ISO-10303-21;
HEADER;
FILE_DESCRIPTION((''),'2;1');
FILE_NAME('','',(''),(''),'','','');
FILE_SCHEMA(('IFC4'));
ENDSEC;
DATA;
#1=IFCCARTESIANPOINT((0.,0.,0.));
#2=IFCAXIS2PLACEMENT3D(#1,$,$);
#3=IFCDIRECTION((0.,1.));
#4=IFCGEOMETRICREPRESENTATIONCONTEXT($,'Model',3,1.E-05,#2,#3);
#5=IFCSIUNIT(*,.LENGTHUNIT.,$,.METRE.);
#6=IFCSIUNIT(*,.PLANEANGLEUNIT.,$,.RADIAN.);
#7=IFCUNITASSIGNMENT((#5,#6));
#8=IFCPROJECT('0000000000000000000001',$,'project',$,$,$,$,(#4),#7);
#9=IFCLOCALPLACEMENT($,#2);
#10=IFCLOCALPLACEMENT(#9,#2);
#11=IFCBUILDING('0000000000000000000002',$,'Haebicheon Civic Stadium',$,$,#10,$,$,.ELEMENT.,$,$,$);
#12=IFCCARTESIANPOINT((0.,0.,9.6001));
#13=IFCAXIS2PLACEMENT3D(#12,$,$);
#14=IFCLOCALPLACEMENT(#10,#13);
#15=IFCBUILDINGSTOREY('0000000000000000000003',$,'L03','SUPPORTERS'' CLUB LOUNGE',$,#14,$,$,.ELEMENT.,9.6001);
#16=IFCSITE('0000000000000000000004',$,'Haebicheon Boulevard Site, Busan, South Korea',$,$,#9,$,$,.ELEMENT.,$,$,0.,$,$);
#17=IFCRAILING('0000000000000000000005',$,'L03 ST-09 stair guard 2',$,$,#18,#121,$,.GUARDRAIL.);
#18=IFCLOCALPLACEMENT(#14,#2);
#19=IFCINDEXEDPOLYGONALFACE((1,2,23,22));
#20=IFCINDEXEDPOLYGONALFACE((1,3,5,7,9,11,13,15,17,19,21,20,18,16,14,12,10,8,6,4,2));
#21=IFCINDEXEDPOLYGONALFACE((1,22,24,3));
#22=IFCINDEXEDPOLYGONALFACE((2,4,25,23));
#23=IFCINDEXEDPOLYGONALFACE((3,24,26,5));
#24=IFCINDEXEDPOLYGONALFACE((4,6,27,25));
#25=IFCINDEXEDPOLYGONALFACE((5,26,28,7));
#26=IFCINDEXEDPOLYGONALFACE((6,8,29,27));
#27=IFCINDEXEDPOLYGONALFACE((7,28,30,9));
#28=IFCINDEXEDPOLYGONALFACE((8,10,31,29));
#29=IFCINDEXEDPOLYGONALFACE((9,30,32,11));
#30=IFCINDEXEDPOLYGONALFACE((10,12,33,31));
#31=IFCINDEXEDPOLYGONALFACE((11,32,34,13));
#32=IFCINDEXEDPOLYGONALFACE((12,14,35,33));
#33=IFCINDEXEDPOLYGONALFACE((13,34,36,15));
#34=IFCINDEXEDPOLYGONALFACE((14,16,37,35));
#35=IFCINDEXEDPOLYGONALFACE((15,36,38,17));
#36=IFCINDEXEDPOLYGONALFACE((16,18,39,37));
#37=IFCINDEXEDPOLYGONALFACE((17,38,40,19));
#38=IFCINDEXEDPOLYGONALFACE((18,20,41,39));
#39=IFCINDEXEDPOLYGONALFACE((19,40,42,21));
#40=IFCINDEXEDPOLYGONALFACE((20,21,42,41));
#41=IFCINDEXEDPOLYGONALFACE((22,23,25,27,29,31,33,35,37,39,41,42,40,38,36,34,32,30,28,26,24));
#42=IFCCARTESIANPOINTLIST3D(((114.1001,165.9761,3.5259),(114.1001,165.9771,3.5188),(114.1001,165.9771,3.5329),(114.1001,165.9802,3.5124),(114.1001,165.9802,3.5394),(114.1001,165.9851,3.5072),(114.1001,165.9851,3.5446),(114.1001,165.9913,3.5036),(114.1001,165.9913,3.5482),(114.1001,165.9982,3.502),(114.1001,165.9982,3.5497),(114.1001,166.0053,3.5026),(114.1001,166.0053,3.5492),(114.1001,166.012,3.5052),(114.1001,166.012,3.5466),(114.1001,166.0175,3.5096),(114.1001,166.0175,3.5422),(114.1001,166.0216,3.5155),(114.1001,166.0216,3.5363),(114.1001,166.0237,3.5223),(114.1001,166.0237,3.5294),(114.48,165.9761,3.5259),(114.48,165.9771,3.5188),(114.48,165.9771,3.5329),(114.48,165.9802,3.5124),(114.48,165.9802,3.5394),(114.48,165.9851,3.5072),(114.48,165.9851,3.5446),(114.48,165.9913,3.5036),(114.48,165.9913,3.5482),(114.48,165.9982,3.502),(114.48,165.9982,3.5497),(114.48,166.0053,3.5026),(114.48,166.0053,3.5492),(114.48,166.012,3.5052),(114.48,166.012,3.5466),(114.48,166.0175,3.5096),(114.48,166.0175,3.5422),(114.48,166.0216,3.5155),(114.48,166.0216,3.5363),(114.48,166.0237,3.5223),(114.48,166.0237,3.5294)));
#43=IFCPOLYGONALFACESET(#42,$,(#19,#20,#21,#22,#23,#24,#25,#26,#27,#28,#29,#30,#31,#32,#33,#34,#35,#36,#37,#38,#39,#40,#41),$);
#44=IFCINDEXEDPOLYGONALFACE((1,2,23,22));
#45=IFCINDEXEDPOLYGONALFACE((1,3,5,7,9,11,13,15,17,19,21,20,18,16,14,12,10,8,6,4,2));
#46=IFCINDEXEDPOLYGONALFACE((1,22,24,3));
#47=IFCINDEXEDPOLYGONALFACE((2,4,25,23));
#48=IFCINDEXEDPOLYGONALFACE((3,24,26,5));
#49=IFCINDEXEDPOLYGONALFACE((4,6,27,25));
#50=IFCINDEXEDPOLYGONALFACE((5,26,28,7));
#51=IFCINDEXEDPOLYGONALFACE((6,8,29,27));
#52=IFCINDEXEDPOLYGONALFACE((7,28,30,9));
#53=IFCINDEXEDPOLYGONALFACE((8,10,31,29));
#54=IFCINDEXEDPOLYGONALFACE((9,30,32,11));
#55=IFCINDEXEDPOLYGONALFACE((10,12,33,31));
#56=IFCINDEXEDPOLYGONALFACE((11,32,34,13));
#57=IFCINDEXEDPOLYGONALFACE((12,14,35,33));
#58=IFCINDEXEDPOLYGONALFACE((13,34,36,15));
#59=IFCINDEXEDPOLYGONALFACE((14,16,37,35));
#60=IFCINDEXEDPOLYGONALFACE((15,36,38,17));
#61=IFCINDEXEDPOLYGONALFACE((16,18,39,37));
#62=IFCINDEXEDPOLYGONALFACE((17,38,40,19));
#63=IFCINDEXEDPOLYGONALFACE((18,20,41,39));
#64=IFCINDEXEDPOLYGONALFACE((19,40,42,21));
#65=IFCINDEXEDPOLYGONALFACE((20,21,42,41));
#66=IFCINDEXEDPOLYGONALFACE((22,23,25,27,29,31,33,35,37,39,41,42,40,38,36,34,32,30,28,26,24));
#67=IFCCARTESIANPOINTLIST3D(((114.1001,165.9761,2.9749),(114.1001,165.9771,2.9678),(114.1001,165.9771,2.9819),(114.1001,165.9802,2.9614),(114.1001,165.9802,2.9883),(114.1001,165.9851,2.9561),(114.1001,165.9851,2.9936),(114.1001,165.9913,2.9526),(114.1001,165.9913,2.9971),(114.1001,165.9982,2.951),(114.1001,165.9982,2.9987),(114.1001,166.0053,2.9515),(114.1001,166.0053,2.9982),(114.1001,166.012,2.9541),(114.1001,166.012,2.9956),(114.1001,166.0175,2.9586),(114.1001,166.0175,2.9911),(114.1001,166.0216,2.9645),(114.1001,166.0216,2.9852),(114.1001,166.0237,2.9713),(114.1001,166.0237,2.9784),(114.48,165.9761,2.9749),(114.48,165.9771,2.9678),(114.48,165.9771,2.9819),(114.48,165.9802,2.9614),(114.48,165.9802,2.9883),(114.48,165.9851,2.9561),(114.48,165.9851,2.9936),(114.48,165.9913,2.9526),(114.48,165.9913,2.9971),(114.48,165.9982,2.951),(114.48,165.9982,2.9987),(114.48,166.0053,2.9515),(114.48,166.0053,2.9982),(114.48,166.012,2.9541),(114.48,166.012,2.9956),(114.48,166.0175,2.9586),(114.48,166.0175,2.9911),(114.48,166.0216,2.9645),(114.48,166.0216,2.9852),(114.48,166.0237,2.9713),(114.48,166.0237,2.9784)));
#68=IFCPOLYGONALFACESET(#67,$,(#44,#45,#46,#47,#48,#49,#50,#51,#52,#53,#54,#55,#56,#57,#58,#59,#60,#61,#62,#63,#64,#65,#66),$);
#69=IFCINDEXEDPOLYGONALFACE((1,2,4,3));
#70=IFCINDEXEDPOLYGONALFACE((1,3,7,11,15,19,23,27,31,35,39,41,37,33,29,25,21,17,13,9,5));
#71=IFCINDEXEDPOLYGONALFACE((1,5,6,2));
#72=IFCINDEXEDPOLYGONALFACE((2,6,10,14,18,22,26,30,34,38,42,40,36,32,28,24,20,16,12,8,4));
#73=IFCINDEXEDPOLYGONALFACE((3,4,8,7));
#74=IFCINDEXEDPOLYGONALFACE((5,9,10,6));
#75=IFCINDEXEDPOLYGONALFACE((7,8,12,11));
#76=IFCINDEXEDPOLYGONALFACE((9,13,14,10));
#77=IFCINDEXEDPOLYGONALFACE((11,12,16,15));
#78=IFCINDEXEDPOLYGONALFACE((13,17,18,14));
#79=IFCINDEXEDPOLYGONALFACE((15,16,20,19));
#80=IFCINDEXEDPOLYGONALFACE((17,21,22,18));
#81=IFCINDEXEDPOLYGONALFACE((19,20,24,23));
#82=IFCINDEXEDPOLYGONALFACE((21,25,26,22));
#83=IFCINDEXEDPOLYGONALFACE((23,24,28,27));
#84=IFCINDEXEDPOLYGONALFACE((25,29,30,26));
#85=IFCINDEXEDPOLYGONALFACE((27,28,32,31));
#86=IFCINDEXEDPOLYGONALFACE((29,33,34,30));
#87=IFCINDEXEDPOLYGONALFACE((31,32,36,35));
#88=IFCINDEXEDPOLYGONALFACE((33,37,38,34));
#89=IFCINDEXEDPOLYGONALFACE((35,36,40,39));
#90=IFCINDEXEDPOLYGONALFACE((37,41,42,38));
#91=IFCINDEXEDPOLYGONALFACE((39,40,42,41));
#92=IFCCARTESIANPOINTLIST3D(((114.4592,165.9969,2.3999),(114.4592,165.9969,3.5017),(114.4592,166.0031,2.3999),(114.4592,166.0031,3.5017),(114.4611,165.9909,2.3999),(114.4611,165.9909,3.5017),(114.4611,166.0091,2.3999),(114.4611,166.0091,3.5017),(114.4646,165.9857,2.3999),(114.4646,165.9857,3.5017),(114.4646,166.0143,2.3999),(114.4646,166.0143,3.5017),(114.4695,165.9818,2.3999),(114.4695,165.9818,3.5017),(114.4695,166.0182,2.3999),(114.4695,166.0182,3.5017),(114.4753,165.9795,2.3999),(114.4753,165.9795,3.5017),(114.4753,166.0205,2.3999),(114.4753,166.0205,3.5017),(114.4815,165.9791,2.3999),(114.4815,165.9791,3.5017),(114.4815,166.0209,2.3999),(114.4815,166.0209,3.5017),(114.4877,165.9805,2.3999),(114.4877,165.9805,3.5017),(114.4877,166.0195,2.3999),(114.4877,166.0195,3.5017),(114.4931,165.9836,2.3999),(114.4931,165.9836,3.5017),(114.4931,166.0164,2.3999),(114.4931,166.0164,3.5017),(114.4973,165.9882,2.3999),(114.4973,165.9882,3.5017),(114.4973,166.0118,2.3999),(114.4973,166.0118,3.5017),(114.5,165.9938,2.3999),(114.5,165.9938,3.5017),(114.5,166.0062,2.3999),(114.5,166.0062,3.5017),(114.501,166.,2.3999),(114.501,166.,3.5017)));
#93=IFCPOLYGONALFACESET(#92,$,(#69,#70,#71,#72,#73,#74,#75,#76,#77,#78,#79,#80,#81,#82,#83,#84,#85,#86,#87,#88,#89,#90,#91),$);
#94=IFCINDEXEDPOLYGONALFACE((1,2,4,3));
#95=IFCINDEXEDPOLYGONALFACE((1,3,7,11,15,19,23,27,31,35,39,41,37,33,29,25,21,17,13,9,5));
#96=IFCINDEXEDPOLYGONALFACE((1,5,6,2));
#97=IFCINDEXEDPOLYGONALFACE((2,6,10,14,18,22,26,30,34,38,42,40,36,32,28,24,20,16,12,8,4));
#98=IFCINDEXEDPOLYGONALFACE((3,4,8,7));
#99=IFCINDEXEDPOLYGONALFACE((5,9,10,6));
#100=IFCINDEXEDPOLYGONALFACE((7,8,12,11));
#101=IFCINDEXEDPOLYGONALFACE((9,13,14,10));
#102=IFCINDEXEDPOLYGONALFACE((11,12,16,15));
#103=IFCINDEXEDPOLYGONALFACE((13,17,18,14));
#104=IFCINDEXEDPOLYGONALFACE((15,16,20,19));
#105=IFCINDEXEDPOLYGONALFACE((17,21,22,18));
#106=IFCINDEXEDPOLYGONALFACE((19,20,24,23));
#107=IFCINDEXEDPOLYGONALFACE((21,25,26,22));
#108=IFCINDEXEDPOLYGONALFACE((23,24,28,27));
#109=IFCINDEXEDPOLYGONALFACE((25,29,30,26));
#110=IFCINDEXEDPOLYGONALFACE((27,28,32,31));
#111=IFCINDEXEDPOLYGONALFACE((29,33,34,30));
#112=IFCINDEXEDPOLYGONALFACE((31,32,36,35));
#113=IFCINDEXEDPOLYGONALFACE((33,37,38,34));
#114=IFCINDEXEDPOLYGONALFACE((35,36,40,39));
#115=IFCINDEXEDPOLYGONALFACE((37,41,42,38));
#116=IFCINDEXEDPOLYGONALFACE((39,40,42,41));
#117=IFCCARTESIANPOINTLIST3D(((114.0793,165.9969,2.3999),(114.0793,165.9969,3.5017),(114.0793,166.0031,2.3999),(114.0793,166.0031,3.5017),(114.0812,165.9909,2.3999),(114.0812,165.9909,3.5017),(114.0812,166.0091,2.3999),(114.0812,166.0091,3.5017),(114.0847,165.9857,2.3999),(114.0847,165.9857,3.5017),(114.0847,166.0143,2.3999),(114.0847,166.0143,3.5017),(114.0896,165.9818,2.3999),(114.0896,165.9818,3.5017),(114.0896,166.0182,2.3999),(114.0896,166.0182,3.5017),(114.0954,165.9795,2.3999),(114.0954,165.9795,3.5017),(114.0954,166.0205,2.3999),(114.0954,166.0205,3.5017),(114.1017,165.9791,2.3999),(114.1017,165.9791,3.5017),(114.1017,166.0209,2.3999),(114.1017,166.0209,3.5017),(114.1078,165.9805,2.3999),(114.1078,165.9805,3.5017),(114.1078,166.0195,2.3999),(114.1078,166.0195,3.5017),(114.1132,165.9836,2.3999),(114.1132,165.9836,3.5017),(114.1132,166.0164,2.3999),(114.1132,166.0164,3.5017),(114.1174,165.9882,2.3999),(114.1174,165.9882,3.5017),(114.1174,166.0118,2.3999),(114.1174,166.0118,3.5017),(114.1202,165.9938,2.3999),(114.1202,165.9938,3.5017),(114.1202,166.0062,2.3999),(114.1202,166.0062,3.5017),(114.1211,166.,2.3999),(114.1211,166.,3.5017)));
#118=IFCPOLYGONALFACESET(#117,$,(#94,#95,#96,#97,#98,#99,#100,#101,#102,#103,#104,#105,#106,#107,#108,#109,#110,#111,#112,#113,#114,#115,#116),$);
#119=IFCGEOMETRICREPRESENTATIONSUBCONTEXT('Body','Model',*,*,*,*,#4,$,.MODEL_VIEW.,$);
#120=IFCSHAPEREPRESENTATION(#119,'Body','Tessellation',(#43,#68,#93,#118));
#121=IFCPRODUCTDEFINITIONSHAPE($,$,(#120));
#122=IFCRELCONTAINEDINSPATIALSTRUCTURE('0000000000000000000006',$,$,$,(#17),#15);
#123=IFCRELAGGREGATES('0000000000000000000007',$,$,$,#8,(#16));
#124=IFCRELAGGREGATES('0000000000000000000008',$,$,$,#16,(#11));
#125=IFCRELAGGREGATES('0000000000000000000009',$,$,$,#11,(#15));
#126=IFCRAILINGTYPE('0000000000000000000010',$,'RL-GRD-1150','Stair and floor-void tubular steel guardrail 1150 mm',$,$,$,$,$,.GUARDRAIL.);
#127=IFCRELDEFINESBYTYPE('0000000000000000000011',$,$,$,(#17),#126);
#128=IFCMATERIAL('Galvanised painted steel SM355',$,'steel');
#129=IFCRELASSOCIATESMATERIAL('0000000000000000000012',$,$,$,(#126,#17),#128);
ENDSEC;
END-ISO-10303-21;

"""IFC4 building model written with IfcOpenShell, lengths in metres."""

from ifc_helpers import new_model, si_unit, direction, frame, origin, origin_2d, place, context, subcontext, project, spatial, circle, extrude, material, type_object, element, save


model = new_model("IFC4")

# Units and contexts
model_context = context("Model", 3, precision=1e-05, world=origin(), true_north=direction((0.0, 1.0)))
body_context = subcontext(model_context, "Body", "Model", "MODEL_VIEW")
ifc_project = project(units=[si_unit("LENGTHUNIT", "METRE"), si_unit("PLANEANGLEUNIT", "RADIAN")], contexts=[model_context])

# Site, building, storey
site_placement = place(None, origin())
site = spatial("IfcSite", under=ifc_project, at=site_placement, Name="Haebicheon Boulevard Site, Busan, South Korea", CompositionType="ELEMENT", RefElevation=0.0)
building_placement = place(site_placement, origin())
building = spatial("IfcBuilding", under=site, at=building_placement, Name="Haebicheon Civic Stadium", CompositionType="ELEMENT")
storey_placement = place(building_placement, frame((0.0, 0.0, 9.6001)))
storey = spatial("IfcBuildingStorey", under=building, at=storey_placement, Name="L03", Description="SUPPORTERS' CLUB LOUNGE", CompositionType="ELEMENT", Elevation=9.6001)

# Railing
ifc_material_1 = material(Name="Galvanised painted steel SM355", Category="steel")
railing_type_1 = type_object("IfcRailingType", Name="RL-GRD-1150", Description="Stair and floor-void tubular steel guardrail 1150 mm", PredefinedType="GUARDRAIL", material=ifc_material_1)
railing_1_placement = place(storey_placement, frame((114.48, 166.0, 2.3999)))
element("IfcRailing", 1, at=railing_1_placement, inside=storey, type_object=railing_type_1, material=ifc_material_1, Name="L03 ST-09 stair guard 2", PredefinedType="GUARDRAIL", context=body_context, shape_type="SweptSolid", body=[
    extrude(circle(Radius=0.0239, at=origin_2d()), frame((0.0, 0.0, 1.126), z_axis=(-1.0, 0.0, 0.0), x_axis=(0.0, -1.0, 0.0)), (0.0, 0.0, 1.0), 0.3799),
    extrude(circle(Radius=0.0239, at=origin_2d()), frame((0.0, 0.0, 0.575), z_axis=(-1.0, 0.0, 0.0), x_axis=(0.0, -1.0, 0.0)), (0.0, 0.0, 1.0), 0.3799),
    extrude(circle(Radius=0.021, at=origin_2d()), origin(), (0.0, 0.0, 1.0), 1.1018),
    extrude(circle(Radius=0.021, at=origin_2d()), frame((-0.3799, 0.0, 0.0)), (0.0, 0.0, 1.0), 1.1018),
])

save(model, "model.ifc")
